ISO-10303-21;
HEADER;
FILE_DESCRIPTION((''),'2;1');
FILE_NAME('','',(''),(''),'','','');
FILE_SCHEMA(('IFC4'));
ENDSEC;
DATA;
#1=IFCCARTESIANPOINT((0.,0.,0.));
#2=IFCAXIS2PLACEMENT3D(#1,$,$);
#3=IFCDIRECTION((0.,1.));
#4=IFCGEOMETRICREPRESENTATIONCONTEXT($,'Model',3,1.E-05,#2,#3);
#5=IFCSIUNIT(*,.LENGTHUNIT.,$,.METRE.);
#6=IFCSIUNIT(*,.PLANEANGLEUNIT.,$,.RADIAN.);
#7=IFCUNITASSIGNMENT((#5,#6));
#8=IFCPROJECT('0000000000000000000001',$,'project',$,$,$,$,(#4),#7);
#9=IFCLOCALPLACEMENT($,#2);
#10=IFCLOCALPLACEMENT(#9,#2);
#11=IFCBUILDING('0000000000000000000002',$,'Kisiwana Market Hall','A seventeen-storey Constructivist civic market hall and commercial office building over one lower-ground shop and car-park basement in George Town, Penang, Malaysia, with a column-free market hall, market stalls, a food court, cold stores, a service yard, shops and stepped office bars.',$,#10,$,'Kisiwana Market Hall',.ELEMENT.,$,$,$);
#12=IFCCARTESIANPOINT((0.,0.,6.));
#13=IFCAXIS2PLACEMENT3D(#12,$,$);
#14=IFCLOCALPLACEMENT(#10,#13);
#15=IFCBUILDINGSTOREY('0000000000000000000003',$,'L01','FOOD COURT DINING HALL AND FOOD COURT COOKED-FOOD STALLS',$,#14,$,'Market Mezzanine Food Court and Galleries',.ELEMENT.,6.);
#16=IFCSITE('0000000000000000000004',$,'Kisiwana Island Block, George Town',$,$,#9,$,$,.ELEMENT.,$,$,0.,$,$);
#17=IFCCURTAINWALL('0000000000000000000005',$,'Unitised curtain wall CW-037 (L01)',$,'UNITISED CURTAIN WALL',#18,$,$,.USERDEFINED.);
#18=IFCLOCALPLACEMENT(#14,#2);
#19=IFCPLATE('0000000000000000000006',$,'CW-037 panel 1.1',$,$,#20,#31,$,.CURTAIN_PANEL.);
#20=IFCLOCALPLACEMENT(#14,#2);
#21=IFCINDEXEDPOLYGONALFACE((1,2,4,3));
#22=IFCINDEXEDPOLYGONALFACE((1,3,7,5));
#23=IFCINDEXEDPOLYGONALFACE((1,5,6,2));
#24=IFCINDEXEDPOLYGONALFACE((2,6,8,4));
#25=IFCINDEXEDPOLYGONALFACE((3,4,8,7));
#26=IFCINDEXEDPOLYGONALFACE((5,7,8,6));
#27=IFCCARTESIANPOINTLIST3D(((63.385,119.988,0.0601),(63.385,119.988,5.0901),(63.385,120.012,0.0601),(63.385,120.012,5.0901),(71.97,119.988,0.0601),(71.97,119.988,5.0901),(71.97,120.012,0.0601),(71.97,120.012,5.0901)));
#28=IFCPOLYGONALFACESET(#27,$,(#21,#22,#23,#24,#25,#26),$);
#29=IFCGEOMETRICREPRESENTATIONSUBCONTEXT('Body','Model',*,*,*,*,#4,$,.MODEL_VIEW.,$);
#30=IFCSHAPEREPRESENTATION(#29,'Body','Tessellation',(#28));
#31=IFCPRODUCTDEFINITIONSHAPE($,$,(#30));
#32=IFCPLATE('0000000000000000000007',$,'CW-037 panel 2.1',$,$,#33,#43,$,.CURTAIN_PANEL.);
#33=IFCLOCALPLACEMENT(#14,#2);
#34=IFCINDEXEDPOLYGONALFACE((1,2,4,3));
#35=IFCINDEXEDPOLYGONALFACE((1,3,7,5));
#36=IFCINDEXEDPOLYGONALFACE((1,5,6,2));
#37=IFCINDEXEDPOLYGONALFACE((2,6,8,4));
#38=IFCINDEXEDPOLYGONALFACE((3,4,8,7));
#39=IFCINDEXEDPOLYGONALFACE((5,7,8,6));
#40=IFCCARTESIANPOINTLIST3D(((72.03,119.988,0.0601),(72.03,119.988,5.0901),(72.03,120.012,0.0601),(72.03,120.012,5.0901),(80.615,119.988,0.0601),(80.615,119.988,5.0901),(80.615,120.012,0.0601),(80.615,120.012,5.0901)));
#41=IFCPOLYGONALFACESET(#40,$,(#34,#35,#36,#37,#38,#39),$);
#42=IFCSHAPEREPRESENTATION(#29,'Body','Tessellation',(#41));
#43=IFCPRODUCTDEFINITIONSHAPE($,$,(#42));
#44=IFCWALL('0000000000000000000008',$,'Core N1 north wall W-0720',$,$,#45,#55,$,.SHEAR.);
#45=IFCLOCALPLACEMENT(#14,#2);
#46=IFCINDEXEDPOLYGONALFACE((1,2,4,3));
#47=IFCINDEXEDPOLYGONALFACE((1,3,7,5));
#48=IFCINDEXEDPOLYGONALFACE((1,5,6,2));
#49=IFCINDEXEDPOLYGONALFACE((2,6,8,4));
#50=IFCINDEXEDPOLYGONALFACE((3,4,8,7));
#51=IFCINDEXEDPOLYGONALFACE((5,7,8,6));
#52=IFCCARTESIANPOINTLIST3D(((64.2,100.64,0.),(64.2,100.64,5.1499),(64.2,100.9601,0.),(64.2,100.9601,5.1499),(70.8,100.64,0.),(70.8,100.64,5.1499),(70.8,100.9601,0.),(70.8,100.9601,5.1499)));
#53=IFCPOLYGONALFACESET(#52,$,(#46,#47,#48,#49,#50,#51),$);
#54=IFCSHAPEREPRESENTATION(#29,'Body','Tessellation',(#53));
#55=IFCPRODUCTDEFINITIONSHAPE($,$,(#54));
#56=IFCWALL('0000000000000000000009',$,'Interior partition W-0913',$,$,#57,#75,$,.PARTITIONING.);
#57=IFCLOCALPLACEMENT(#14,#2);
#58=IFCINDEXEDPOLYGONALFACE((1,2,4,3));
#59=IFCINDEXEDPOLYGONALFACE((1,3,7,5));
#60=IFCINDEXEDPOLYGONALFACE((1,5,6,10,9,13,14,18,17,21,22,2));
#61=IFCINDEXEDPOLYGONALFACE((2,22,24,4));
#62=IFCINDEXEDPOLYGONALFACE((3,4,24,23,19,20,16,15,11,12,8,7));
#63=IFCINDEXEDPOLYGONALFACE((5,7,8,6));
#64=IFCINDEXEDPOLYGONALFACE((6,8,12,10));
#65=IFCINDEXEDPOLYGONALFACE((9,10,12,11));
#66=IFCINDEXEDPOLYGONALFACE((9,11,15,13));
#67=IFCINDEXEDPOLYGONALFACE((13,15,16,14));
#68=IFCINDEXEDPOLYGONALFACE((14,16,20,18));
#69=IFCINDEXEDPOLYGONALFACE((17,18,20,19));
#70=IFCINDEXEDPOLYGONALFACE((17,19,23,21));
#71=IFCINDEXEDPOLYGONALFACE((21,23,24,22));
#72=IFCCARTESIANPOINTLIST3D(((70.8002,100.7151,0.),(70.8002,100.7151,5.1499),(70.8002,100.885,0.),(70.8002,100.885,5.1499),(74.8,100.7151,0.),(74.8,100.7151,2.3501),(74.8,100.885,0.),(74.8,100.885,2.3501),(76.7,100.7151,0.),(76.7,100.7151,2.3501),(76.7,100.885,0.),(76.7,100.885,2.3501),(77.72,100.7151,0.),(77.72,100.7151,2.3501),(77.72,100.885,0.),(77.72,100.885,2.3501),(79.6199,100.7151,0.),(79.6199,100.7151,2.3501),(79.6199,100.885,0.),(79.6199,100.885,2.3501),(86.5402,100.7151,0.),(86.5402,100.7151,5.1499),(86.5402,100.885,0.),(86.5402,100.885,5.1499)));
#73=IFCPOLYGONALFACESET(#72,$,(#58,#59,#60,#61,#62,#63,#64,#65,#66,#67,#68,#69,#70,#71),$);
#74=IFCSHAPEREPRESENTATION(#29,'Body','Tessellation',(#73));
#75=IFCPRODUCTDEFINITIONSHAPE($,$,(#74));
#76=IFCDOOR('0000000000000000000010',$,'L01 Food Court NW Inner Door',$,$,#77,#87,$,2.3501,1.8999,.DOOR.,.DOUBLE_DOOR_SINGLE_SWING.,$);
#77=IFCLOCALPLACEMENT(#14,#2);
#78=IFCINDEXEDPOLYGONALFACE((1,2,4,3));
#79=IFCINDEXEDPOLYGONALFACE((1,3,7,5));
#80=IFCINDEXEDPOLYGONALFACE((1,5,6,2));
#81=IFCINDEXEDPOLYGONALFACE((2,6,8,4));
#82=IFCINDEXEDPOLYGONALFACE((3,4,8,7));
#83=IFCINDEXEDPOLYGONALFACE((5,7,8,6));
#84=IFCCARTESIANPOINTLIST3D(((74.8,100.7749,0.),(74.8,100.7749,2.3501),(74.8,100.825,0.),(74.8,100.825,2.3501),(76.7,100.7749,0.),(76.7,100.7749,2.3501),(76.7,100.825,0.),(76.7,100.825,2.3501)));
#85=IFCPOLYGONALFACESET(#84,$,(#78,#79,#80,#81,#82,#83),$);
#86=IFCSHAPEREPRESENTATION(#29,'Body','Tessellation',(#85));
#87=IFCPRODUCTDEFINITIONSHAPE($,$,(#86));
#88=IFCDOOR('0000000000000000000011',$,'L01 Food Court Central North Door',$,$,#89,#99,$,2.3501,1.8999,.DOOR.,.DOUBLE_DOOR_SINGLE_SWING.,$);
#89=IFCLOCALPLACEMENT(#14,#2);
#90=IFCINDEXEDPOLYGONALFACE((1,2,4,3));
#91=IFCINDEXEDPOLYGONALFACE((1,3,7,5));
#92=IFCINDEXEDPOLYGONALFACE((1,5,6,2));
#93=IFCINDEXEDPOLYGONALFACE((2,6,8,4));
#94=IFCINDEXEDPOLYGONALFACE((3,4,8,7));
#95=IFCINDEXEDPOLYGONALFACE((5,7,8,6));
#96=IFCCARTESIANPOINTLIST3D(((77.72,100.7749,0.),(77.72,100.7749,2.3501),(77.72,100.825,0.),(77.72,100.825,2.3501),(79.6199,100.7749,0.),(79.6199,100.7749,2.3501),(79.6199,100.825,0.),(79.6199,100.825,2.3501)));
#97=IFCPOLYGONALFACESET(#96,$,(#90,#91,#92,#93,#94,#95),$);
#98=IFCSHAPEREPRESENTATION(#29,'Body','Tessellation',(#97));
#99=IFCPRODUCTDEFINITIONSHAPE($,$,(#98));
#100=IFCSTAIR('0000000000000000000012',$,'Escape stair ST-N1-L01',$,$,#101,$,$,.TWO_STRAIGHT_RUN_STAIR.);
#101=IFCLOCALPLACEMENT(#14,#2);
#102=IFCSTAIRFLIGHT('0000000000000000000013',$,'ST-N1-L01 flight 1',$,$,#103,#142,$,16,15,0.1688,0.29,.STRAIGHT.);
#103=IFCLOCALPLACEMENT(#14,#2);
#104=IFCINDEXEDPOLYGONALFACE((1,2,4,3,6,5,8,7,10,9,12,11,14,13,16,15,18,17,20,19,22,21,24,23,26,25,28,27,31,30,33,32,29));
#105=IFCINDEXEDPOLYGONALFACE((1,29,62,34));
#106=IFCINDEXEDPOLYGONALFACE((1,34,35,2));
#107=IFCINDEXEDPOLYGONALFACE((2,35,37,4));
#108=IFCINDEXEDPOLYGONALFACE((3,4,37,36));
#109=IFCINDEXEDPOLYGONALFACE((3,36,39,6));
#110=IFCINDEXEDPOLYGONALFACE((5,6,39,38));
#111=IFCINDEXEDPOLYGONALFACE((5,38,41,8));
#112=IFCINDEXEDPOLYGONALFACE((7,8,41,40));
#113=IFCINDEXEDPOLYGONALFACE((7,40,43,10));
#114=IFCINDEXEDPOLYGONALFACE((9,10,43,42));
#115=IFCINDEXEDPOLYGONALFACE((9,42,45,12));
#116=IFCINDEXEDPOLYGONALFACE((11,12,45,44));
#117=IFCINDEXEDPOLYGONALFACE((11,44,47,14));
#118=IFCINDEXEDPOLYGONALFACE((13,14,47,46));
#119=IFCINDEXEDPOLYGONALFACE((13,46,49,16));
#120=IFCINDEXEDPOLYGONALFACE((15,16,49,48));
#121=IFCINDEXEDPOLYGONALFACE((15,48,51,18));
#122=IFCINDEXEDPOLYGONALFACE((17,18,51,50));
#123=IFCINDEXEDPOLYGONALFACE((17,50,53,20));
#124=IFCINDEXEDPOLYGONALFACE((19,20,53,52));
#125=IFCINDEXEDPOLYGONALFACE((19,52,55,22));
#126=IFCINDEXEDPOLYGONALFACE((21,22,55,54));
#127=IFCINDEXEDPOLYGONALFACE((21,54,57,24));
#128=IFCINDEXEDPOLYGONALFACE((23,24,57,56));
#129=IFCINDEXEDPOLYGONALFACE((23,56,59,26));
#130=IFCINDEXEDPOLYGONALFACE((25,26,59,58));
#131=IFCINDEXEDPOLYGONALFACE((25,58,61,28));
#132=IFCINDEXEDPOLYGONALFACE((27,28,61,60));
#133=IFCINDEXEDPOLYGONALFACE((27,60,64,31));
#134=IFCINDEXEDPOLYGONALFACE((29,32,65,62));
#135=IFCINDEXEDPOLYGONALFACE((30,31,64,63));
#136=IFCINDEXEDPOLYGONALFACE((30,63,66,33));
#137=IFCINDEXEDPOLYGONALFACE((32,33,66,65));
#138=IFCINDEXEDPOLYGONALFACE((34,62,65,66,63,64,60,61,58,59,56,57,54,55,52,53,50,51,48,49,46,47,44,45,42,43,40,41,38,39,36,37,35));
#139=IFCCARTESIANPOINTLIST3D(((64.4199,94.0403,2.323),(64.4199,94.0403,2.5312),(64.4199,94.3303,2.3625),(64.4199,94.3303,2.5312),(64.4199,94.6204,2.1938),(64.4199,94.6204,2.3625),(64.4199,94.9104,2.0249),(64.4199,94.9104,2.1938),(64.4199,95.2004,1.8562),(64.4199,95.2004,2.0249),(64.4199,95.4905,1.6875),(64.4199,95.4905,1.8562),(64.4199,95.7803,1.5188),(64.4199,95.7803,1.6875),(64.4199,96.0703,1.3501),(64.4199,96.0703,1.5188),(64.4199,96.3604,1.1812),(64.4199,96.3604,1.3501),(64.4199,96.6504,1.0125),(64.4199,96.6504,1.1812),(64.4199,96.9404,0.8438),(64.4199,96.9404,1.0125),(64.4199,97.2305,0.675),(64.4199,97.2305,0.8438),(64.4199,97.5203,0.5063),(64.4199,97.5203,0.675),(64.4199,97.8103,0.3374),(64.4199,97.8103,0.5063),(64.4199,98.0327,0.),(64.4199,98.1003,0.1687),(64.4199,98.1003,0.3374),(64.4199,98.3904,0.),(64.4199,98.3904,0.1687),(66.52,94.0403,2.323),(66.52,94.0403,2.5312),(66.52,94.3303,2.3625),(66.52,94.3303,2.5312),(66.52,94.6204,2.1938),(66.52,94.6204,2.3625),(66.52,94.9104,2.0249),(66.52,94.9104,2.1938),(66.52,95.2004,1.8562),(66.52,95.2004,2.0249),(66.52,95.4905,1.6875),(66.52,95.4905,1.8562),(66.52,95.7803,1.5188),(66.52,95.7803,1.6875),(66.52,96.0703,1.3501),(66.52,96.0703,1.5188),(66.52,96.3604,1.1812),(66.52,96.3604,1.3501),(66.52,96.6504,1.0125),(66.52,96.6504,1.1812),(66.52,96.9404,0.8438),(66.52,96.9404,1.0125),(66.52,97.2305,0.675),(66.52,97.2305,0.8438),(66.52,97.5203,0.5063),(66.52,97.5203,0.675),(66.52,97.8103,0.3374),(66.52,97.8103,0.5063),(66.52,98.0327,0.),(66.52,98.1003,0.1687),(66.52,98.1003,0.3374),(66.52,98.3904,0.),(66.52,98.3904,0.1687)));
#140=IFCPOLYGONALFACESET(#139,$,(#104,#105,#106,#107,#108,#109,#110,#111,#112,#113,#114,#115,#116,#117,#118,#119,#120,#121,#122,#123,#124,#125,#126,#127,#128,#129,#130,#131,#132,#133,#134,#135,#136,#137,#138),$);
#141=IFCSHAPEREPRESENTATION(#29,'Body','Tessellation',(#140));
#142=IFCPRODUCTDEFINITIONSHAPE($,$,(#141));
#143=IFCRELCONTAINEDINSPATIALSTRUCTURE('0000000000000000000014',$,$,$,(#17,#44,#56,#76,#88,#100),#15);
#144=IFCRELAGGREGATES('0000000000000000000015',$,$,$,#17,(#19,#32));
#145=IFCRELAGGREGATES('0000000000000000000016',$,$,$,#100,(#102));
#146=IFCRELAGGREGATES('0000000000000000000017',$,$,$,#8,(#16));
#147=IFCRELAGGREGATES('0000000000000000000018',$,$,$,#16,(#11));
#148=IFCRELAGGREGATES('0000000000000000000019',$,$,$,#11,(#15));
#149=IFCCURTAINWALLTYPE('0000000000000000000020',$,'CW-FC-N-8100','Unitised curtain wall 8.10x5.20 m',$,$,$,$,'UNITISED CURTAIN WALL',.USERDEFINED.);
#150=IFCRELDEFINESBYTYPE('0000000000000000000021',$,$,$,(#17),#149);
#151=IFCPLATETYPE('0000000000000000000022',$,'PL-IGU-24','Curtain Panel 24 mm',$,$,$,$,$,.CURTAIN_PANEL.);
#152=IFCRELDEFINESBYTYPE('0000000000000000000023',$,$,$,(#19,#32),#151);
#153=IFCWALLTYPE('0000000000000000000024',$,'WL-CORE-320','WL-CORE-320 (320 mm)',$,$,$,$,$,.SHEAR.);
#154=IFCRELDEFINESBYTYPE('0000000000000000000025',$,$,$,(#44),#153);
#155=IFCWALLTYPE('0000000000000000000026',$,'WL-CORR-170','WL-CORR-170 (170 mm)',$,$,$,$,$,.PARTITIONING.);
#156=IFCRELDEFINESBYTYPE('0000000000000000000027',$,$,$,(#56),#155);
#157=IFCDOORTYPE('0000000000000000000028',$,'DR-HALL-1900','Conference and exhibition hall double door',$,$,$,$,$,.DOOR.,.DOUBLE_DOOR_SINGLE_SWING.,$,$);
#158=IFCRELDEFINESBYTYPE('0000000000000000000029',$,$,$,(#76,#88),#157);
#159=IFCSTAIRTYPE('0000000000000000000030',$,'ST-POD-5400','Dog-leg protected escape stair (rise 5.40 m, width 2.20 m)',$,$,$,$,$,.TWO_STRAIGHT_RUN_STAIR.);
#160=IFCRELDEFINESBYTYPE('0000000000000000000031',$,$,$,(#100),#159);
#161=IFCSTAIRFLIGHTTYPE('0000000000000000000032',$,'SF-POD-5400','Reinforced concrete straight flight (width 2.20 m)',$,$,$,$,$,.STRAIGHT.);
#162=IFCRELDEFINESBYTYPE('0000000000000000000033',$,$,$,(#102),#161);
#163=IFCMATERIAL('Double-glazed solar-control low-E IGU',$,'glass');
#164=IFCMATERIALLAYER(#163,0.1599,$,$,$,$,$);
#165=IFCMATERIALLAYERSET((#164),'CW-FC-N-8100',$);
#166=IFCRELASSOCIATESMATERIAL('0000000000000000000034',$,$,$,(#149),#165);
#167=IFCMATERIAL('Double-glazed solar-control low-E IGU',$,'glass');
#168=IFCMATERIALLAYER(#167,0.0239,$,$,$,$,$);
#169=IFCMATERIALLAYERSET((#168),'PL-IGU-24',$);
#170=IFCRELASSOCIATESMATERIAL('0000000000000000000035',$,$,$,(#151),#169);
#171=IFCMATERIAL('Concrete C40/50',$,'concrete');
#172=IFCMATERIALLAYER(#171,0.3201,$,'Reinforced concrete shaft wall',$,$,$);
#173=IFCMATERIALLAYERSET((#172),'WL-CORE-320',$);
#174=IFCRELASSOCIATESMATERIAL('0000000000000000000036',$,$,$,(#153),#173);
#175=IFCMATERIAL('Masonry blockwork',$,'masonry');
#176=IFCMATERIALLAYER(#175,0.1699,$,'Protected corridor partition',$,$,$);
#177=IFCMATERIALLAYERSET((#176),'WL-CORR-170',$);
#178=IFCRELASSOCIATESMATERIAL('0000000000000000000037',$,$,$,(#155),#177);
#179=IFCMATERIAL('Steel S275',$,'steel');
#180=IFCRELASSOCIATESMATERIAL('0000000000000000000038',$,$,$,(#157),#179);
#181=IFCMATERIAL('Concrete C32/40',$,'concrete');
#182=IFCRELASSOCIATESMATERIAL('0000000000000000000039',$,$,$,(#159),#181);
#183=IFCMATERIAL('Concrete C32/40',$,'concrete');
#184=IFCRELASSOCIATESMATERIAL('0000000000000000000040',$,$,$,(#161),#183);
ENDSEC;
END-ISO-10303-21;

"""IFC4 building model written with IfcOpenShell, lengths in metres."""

from ifc_helpers import new_model, si_unit, direction, frame, frame_2d, origin, origin_2d, place, context, subcontext, project, spatial, polyline, rectangle, outline, extrude, material, layer, layer_set, type_object, element, fill, aggregate, save


model = new_model("IFC4")

# Units and contexts
model_context = context("Model", 3, precision=1e-05, world=origin(), true_north=direction((0.0, 1.0)))
body_context = subcontext(model_context, "Body", "Model", "MODEL_VIEW")
ifc_project = project(units=[si_unit("LENGTHUNIT", "METRE"), si_unit("PLANEANGLEUNIT", "RADIAN")], contexts=[model_context])

# Site, building, storey
site_placement = place(None, origin())
site = spatial("IfcSite", under=ifc_project, at=site_placement, Name="Kisiwana Island Block, George Town", CompositionType="ELEMENT", RefElevation=0.0)
building_placement = place(site_placement, origin())
building = spatial("IfcBuilding", under=site, at=building_placement, Name="Kisiwana Market Hall", Description="A seventeen-storey Constructivist civic market hall and commercial office building over one lower-ground shop and car-park basement in George Town, Penang, Malaysia, with a column-free market hall, market stalls, a food court, cold stores, a service yard, shops and stepped office bars.", LongName="Kisiwana Market Hall", CompositionType="ELEMENT")
storey_placement = place(building_placement, frame((0.0, 0.0, 6.0)))
storey = spatial("IfcBuildingStorey", under=building, at=storey_placement, Name="L01", Description="FOOD COURT DINING HALL AND FOOD COURT COOKED-FOOD STALLS", LongName="Market Mezzanine Food Court and Galleries", CompositionType="ELEMENT", Elevation=6.0)

# Curtain wall, plates
ifc_material_1 = material(Name="Double-glazed solar-control low-E IGU", Category="glass")
ifc_layer_1 = layer(ifc_material_1, 0.1599)
ifc_layer_set_1 = layer_set([ifc_layer_1], Name="CW-FC-N-8100")
curtain_wall_type = type_object("IfcCurtainWallType", Name="CW-FC-N-8100", Description="Unitised curtain wall 8.10x5.20 m", ElementType="UNITISED CURTAIN WALL", PredefinedType="USERDEFINED", material=ifc_layer_set_1)
curtain_wall_placement = place(storey_placement, origin())
curtain_wall = element("IfcCurtainWall", 1, at=curtain_wall_placement, inside=storey, type_object=curtain_wall_type, Name="Unitised curtain wall CW-037 (L01)", ObjectType="UNITISED CURTAIN WALL", PredefinedType="USERDEFINED")
ifc_material_2 = material(Name="Double-glazed solar-control low-E IGU", Category="glass")
ifc_layer_2 = layer(ifc_material_2, 0.0239)
ifc_layer_set_2 = layer_set([ifc_layer_2], Name="PL-IGU-24")
plate_type = type_object("IfcPlateType", Name="PL-IGU-24", Description="Curtain Panel 24 mm", PredefinedType="CURTAIN_PANEL", material=ifc_layer_set_2)
plate_1_placement = place(storey_placement, frame((67.6775, 120.0, 0.0601), z_axis=(0.0, 0.0, 1.0), x_axis=(1.0, 0.0, 0.0)))
plate_1 = element("IfcPlate", 2, at=plate_1_placement, type_object=plate_type, Name="CW-037 panel 1.1", PredefinedType="CURTAIN_PANEL", context=body_context, shape_type="SweptSolid", body=[
    extrude(rectangle(XDim=8.585, YDim=0.0239, at=origin_2d()), origin(), (0.0, 0.0, 1.0), 5.03),
])
plate_2_placement = place(storey_placement, frame((76.3225, 120.0, 0.0601), z_axis=(0.0, 0.0, 1.0), x_axis=(1.0, 0.0, 0.0)))
plate_2 = element("IfcPlate", 3, at=plate_2_placement, type_object=plate_type, Name="CW-037 panel 2.1", PredefinedType="CURTAIN_PANEL", context=body_context, shape_type="SweptSolid", body=[
    extrude(rectangle(XDim=8.585, YDim=0.0239, at=origin_2d()), origin(), (0.0, 0.0, 1.0), 5.03),
])
aggregate(curtain_wall, [plate_1, plate_2])

# Wall
ifc_material_3 = material(Name="Concrete C40/50", Category="concrete")
ifc_layer_3 = layer(ifc_material_3, 0.3201, Name="Reinforced concrete shaft wall")
ifc_layer_set_3 = layer_set([ifc_layer_3], Name="WL-CORE-320")
wall_type_1 = type_object("IfcWallType", Name="WL-CORE-320", Description="WL-CORE-320 (320 mm)", PredefinedType="SHEAR", material=ifc_layer_set_3)
wall_1_placement = place(storey_placement, frame((64.2, 100.8, 0.0), z_axis=(0.0, 0.0, 1.0), x_axis=(1.0, 0.0, 0.0)))
element("IfcWall", 4, at=wall_1_placement, inside=storey, type_object=wall_type_1, Name="Core N1 north wall W-0720", PredefinedType="SHEAR", context=body_context, shape_type="SweptSolid", body=[
    extrude(rectangle(XDim=6.6001, YDim=0.3201, at=frame_2d((3.3, 0.0))), origin(), (0.0, 0.0, 1.0), 5.1499),
])

# Wall, openings, doors
ifc_material_4 = material(Name="Masonry blockwork", Category="masonry")
ifc_layer_4 = layer(ifc_material_4, 0.1699, Name="Protected corridor partition")
ifc_layer_set_4 = layer_set([ifc_layer_4], Name="WL-CORR-170")
wall_type_2 = type_object("IfcWallType", Name="WL-CORR-170", Description="WL-CORR-170 (170 mm)", PredefinedType="PARTITIONING", material=ifc_layer_set_4)
wall_2_placement = place(storey_placement, frame((70.8, 100.8, 0.0), z_axis=(0.0, 0.0, 1.0), x_axis=(1.0, 0.0, 0.0)))
wall_2 = element("IfcWall", 5, at=wall_2_placement, inside=storey, type_object=wall_type_2, Name="Interior partition W-0913", PredefinedType="PARTITIONING", context=body_context, shape_type="SweptSolid", body=[
    extrude(rectangle(XDim=15.74, YDim=0.1699, at=frame_2d((7.8701, 0.0))), origin(), (0.0, 0.0, 1.0), 5.1499),
])
opening_1_placement = place(wall_2_placement, frame((4.0, 0.0, 0.0)))
opening_1 = element("IfcOpeningElement", 6, at=opening_1_placement, cuts=wall_2, PredefinedType="OPENING", context=body_context, shape_type="SweptSolid", body=[
    extrude(rectangle(XDim=1.8999, YDim=2.3501, at=frame_2d((0.95, 1.175))), frame((0.0, 0.0969, 0.0), z_axis=(0.0, -1.0, 0.0), x_axis=(1.0, 0.0, 0.0)), (0.0, 0.0, 1.0), 0.1938),
])
opening_2_placement = place(wall_2_placement, frame((6.9199, 0.0, 0.0)))
opening_2 = element("IfcOpeningElement", 7, at=opening_2_placement, cuts=wall_2, PredefinedType="OPENING", context=body_context, shape_type="SweptSolid", body=[
    extrude(rectangle(XDim=1.8999, YDim=2.3501, at=frame_2d((0.95, 1.175))), frame((0.0, 0.0969, 0.0), z_axis=(0.0, -1.0, 0.0), x_axis=(1.0, 0.0, 0.0)), (0.0, 0.0, 1.0), 0.1938),
])
ifc_material_5 = material(Name="Steel S275", Category="steel")
door_type = type_object("IfcDoorType", Name="DR-HALL-1900", Description="Conference and exhibition hall double door", OperationType="DOUBLE_DOOR_SINGLE_SWING", PredefinedType="DOOR", material=ifc_material_5)
door_1_placement = place(opening_1_placement, origin())
door_1 = element("IfcDoor", 8, at=door_1_placement, inside=storey, type_object=door_type, Name="L01 Food Court NW Inner Door", OperationType="DOUBLE_DOOR_SINGLE_SWING", OverallHeight=2.3501, OverallWidth=1.8999, PredefinedType="DOOR", context=body_context, shape_type="SweptSolid", body=[
    extrude(rectangle(XDim=1.8999, YDim=2.3501, at=frame_2d((0.95, 1.175))), frame((0.0, 0.0249, 0.0), z_axis=(0.0, -1.0, 0.0), x_axis=(1.0, 0.0, 0.0)), (0.0, 0.0, 1.0), 0.05),
])
fill(opening_1, door_1)
door_2_placement = place(opening_2_placement, origin())
door_2 = element("IfcDoor", 9, at=door_2_placement, inside=storey, type_object=door_type, Name="L01 Food Court Central North Door", OperationType="DOUBLE_DOOR_SINGLE_SWING", OverallHeight=2.3501, OverallWidth=1.8999, PredefinedType="DOOR", context=body_context, shape_type="SweptSolid", body=[
    extrude(rectangle(XDim=1.8999, YDim=2.3501, at=frame_2d((0.95, 1.175))), frame((0.0, 0.0249, 0.0), z_axis=(0.0, -1.0, 0.0), x_axis=(1.0, 0.0, 0.0)), (0.0, 0.0, 1.0), 0.05),
])
fill(opening_2, door_2)

# Stair, stair flight
ifc_material_6 = material(Name="Concrete C32/40", Category="concrete")
stair_type = type_object("IfcStairType", Name="ST-POD-5400", Description="Dog-leg protected escape stair (rise 5.40 m, width 2.20 m)", PredefinedType="TWO_STRAIGHT_RUN_STAIR", material=ifc_material_6)
stair_placement = place(storey_placement, origin())
stair = element("IfcStair", 10, at=stair_placement, inside=storey, type_object=stair_type, Name="Escape stair ST-N1-L01", PredefinedType="TWO_STRAIGHT_RUN_STAIR")
ifc_material_7 = material(Name="Concrete C32/40", Category="concrete")
stair_flight_type = type_object("IfcStairFlightType", Name="SF-POD-5400", Description="Reinforced concrete straight flight (width 2.20 m)", PredefinedType="STRAIGHT", material=ifc_material_7)
stair_flight_1_placement = place(storey_placement, frame((65.47, 98.3904, 0.0), z_axis=(0.0, 0.0, 1.0), x_axis=(0.0, -1.0, 0.0)))
stair_flight_1 = element("IfcStairFlight", 11, at=stair_flight_1_placement, type_object=stair_flight_type, Name="ST-N1-L01 flight 1", NumberOfRisers=16, NumberOfTreads=15, PredefinedType="STRAIGHT", RiserHeight=0.1688, TreadLength=0.29, context=body_context, shape_type="SweptSolid", body=[
    extrude(outline(polyline([(0.0, 0.0), (0.0, 0.1687), (0.29, 0.1687), (0.29, 0.3374), (0.5801, 0.3374), (0.5801, 0.5063), (0.8701, 0.5063), (0.8701, 0.675), (1.1599, 0.675), (1.1599, 0.8438), (1.45, 0.8438), (1.45, 1.0125), (1.74, 1.0125), (1.74, 1.1812), (2.03, 1.1812), (2.03, 1.3501), (2.3201, 1.3501), (2.3201, 1.5188), (2.6101, 1.5188), (2.6101, 1.6875), (2.8999, 1.6875), (2.8999, 1.8562), (3.1899, 1.8562), (3.1899, 2.0249), (3.48, 2.0249), (3.48, 2.1938), (3.77, 2.1938), (3.77, 2.3625), (4.0601, 2.3625), (4.0601, 2.5312), (4.3501, 2.5312), (4.3501, 2.7), (4.3501, 2.323), (0.3577, 0.0), (0.0, 0.0)])), frame((0.0, 1.05, 0.0), z_axis=(0.0, -1.0, 0.0), x_axis=(1.0, 0.0, 0.0)), (0.0, 0.0, 1.0), 2.1001),
])
aggregate(stair, [stair_flight_1])

save(model, "model.ifc")
